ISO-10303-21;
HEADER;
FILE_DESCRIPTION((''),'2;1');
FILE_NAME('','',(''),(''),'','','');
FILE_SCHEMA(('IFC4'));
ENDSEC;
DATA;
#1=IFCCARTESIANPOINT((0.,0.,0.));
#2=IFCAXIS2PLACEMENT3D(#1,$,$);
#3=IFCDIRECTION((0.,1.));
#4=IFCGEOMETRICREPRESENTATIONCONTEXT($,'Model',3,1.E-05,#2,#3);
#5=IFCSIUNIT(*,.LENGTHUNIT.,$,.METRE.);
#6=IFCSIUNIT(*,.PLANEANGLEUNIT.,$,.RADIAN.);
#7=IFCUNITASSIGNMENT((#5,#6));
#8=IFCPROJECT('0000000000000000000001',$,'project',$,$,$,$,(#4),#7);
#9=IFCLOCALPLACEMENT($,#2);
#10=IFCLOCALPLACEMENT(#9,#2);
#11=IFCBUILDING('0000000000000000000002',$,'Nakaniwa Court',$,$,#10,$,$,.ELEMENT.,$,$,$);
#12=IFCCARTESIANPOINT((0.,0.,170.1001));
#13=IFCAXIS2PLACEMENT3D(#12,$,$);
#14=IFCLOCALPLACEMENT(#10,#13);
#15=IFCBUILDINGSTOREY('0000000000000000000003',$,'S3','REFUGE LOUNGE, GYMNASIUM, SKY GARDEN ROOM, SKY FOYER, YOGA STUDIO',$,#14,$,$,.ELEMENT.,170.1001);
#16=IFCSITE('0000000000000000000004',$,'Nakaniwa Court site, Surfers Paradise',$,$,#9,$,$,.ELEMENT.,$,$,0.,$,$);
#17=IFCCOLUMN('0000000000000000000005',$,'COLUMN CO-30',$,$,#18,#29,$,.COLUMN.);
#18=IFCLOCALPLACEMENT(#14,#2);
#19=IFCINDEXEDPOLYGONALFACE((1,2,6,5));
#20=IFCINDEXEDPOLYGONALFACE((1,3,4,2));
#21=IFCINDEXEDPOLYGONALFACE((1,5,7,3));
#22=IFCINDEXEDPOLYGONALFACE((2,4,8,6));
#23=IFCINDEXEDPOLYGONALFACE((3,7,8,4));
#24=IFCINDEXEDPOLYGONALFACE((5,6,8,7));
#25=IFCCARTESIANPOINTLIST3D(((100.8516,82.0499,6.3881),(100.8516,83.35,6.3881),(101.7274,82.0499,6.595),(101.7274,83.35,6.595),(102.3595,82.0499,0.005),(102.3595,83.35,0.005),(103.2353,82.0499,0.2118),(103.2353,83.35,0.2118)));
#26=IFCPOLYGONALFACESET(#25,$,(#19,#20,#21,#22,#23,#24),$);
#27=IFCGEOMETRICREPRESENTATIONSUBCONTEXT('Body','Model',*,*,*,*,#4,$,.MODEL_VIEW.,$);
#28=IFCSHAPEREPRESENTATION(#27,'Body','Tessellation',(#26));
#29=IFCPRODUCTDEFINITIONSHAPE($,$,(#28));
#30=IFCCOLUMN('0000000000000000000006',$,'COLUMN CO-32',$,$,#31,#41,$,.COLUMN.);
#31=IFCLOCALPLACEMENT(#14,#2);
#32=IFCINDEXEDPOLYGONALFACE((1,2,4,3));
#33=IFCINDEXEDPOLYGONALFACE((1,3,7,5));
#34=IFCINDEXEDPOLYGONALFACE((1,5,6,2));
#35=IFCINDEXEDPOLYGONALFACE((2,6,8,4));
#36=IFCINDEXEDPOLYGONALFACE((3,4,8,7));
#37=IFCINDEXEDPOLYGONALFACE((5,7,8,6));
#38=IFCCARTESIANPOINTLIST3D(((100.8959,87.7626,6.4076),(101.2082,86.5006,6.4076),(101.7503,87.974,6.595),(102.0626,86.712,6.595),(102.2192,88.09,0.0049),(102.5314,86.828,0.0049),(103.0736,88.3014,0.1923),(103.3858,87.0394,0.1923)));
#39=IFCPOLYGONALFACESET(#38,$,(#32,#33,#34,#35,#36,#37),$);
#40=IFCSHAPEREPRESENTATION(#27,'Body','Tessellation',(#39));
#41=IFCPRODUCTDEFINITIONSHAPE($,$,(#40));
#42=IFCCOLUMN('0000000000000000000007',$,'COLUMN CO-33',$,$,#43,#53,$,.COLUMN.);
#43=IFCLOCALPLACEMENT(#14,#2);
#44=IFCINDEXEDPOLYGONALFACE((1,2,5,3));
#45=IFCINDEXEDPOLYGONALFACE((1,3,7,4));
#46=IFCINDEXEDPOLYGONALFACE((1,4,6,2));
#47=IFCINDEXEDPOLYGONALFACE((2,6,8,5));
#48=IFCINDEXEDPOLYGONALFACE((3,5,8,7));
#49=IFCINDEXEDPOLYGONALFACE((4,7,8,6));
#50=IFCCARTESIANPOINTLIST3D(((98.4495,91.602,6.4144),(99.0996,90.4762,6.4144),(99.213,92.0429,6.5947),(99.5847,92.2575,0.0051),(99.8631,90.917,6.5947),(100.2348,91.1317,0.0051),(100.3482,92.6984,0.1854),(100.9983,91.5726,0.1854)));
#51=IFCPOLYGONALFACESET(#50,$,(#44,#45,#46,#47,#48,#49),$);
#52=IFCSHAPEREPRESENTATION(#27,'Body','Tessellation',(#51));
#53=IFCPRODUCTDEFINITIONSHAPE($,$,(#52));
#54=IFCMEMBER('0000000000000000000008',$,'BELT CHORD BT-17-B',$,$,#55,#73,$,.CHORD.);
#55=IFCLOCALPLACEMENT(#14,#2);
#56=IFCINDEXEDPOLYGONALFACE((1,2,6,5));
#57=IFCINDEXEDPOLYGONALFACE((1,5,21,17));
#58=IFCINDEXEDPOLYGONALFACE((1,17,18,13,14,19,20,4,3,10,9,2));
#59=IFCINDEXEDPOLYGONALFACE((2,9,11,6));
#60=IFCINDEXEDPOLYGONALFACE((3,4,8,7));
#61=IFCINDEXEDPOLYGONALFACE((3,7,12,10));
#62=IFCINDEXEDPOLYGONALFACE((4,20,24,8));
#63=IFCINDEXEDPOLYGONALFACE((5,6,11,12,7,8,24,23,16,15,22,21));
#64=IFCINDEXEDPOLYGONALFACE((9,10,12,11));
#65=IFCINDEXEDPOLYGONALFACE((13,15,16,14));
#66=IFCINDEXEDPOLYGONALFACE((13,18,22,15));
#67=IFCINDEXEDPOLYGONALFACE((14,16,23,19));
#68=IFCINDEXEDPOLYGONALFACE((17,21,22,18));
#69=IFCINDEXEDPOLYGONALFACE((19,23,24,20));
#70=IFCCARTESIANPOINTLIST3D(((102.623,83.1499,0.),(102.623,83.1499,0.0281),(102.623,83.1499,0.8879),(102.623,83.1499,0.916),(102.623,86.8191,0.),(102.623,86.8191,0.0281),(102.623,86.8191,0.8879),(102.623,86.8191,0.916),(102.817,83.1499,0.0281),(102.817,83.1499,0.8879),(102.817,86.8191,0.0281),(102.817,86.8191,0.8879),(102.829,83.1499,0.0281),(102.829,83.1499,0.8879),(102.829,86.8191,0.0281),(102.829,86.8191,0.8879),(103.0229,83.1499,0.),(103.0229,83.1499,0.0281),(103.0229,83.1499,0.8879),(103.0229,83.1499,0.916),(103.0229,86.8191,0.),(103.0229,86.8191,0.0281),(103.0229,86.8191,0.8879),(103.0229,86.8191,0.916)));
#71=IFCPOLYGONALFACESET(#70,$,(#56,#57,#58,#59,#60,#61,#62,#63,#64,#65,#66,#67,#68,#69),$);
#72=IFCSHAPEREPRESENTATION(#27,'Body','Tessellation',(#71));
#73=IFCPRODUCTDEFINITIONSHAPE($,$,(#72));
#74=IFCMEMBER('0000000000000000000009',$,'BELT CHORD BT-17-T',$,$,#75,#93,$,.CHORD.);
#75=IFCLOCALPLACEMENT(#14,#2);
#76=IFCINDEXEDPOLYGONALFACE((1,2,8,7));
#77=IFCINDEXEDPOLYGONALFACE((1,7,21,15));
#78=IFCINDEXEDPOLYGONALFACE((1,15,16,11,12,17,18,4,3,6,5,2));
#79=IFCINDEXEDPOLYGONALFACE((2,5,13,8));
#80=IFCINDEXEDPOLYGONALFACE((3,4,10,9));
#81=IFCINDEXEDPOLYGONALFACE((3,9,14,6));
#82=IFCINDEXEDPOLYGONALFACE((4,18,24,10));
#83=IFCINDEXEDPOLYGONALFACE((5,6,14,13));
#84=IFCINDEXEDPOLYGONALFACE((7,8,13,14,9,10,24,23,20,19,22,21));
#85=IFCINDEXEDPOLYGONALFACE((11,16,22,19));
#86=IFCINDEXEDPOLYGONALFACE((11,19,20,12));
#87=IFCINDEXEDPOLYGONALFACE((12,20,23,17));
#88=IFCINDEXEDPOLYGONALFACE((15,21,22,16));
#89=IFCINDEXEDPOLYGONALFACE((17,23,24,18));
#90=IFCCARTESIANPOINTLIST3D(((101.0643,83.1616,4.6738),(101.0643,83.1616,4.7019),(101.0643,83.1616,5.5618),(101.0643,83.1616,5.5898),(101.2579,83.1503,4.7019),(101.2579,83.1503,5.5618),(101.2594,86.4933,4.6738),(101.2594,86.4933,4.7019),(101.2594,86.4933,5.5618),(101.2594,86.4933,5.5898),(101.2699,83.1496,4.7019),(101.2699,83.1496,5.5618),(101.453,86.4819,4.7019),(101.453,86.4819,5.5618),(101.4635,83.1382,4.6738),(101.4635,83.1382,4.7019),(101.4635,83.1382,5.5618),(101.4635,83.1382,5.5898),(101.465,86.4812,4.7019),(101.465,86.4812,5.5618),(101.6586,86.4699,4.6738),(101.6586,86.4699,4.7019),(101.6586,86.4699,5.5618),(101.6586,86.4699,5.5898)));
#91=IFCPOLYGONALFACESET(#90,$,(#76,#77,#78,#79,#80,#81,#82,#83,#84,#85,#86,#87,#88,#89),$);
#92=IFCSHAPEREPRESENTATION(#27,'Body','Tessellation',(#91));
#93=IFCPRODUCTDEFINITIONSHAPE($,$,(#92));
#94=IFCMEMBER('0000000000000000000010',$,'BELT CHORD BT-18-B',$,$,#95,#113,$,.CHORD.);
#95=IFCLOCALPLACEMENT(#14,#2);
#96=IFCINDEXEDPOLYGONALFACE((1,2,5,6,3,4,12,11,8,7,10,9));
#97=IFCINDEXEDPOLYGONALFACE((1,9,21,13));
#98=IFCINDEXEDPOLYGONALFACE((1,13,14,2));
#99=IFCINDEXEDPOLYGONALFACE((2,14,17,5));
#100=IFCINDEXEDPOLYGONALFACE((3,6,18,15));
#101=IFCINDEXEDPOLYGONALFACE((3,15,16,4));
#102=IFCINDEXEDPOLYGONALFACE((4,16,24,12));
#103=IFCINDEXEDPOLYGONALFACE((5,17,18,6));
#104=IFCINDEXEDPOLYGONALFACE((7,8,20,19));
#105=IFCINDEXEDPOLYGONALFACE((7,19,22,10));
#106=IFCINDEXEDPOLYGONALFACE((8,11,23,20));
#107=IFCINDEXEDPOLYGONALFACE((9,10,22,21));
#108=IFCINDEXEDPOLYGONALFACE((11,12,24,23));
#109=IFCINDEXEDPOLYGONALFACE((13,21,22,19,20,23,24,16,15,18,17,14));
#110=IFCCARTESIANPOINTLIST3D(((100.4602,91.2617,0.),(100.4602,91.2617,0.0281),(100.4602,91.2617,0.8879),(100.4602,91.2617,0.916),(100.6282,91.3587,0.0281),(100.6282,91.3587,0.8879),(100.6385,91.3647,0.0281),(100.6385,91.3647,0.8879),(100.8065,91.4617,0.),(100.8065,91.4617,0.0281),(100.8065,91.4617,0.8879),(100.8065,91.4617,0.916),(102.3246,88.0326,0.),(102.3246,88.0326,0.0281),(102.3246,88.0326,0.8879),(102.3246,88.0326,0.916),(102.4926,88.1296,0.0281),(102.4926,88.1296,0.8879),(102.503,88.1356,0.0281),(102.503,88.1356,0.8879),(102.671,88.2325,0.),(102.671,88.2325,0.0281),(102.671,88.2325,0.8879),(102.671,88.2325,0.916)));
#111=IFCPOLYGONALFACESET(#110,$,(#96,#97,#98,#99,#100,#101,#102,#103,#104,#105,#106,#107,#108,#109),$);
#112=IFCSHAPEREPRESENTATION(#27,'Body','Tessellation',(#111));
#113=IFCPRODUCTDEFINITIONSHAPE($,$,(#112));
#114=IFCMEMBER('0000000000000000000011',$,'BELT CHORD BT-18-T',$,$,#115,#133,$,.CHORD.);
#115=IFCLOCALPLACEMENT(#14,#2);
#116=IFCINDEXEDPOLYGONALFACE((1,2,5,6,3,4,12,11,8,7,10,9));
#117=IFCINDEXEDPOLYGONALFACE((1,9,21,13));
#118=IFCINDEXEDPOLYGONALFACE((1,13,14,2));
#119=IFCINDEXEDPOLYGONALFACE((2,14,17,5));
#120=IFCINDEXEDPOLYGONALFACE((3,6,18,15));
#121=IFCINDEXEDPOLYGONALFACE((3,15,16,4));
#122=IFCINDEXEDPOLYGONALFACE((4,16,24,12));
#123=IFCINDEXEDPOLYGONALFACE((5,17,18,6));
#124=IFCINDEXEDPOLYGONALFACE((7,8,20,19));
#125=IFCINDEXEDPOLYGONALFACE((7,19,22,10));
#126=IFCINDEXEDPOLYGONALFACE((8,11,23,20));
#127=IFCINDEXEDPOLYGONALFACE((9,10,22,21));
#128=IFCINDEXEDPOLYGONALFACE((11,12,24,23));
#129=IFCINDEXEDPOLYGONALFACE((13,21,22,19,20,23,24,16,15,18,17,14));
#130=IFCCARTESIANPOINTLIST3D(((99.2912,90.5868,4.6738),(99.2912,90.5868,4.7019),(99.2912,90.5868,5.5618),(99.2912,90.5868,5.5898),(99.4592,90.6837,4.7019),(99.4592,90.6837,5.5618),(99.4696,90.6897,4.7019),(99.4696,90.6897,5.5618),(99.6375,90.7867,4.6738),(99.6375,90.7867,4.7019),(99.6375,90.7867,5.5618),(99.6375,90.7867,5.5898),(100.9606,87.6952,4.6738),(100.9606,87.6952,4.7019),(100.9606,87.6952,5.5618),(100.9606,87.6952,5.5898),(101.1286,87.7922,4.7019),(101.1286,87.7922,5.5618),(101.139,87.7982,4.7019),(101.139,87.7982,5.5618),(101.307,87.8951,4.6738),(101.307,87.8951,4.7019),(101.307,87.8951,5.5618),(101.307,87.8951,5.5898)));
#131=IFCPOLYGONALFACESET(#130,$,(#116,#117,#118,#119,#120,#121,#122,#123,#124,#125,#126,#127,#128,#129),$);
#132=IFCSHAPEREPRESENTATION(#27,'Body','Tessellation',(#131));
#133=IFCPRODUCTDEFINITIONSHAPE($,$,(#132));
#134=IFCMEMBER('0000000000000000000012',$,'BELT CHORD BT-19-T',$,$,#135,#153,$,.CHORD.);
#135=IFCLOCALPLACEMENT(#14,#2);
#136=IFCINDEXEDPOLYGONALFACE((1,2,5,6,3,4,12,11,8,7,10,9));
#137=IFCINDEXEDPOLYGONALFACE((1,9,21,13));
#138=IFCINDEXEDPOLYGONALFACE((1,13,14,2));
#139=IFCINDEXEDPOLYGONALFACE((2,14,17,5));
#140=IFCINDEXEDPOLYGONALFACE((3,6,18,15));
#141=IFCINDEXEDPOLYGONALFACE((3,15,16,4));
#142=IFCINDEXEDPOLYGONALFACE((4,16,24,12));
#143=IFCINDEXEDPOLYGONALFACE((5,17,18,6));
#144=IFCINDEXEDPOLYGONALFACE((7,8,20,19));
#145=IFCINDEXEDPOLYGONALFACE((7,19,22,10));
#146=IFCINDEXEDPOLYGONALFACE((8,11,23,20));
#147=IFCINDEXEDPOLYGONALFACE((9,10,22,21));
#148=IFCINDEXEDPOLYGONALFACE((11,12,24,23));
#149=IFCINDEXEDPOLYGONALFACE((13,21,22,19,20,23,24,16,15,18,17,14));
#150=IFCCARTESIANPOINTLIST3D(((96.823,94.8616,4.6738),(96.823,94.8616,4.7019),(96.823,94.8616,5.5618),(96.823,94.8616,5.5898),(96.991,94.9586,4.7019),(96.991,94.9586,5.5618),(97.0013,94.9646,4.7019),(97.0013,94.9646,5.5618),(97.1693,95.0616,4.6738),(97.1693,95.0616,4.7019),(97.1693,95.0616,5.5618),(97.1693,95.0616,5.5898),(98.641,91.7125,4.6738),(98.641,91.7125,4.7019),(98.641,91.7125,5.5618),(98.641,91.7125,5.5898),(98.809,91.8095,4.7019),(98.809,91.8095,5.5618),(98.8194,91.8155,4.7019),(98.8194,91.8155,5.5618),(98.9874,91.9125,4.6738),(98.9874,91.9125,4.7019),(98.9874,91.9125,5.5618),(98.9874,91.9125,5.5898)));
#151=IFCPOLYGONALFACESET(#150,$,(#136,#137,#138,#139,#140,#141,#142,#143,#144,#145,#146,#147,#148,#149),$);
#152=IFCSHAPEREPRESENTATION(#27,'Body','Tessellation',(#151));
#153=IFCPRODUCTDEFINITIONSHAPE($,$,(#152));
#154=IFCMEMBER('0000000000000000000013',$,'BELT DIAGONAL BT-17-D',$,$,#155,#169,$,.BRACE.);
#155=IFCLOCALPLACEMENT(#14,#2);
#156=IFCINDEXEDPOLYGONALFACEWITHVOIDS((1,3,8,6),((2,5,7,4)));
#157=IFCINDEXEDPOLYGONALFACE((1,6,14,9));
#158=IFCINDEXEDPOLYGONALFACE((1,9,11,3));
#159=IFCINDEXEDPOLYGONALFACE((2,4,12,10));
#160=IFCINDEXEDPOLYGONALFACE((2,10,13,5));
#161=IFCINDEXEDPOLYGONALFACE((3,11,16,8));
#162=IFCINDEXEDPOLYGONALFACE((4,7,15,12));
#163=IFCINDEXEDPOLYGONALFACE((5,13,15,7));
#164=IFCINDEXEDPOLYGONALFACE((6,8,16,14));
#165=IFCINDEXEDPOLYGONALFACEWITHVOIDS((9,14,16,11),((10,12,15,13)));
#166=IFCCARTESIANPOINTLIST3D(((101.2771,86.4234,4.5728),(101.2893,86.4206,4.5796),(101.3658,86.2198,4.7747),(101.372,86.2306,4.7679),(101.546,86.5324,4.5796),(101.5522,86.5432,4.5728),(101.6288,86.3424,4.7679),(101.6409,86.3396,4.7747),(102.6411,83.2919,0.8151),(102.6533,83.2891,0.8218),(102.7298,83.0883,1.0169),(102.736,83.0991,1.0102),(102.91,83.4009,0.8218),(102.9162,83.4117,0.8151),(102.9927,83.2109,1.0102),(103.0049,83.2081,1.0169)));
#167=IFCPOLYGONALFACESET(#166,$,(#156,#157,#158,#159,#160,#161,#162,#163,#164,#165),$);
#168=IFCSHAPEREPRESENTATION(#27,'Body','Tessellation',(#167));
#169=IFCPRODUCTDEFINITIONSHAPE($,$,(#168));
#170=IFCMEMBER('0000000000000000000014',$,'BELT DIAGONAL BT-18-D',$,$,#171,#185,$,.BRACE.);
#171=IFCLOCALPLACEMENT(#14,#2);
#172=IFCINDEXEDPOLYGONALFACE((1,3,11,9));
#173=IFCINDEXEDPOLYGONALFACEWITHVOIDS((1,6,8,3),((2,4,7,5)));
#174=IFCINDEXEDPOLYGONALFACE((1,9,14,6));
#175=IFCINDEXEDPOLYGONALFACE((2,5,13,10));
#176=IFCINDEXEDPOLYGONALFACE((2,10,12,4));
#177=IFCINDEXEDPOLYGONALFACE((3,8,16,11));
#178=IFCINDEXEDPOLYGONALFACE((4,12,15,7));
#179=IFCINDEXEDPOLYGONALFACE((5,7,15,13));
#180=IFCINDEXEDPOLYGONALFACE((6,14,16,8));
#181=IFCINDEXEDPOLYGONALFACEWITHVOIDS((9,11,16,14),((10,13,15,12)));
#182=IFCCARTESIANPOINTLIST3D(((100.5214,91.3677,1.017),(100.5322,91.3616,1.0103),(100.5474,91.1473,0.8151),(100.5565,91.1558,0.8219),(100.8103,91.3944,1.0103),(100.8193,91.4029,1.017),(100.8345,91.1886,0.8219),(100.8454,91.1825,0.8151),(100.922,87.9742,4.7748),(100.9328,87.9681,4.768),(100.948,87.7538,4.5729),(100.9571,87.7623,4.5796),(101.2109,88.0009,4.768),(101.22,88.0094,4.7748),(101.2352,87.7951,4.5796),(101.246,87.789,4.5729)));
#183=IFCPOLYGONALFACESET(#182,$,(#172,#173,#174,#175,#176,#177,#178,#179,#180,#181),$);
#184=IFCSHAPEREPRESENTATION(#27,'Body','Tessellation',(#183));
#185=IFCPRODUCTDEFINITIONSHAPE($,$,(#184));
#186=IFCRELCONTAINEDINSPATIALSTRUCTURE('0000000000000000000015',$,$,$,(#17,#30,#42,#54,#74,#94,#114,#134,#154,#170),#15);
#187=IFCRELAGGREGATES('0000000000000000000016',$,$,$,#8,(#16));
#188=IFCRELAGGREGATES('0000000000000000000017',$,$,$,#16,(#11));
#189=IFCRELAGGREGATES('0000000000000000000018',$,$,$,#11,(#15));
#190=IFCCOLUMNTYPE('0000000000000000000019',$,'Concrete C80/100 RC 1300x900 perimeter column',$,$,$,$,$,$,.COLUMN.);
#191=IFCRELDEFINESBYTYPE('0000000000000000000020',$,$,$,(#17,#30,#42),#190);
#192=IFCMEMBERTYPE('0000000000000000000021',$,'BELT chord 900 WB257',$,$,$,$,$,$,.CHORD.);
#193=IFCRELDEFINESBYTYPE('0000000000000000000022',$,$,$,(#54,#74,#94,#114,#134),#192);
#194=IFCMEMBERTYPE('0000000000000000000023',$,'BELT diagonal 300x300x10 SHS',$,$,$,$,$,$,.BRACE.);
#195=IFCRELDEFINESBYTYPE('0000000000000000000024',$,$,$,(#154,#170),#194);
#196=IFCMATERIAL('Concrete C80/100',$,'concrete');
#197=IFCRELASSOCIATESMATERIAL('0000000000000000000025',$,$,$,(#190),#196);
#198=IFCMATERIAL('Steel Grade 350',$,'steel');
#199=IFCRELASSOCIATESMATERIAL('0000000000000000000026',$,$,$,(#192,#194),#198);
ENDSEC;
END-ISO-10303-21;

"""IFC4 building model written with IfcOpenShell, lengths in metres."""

from ifc_helpers import new_model, si_unit, direction, frame, origin, origin_2d, place, context, subcontext, project, spatial, rectangle, hollow_rectangle, i_section, extrude, material, material_profile, profile_set, type_object, element, save


model = new_model("IFC4")

# Units and contexts
model_context = context("Model", 3, precision=1e-05, world=origin(), true_north=direction((0.0, 1.0)))
body_context = subcontext(model_context, "Body", "Model", "MODEL_VIEW")
ifc_project = project(units=[si_unit("LENGTHUNIT", "METRE"), si_unit("PLANEANGLEUNIT", "RADIAN")], contexts=[model_context])

# Site, building, storey
site_placement = place(None, origin())
site = spatial("IfcSite", under=ifc_project, at=site_placement, Name="Nakaniwa Court site, Surfers Paradise", CompositionType="ELEMENT", RefElevation=0.0)
building_placement = place(site_placement, origin())
building = spatial("IfcBuilding", under=site, at=building_placement, Name="Nakaniwa Court", CompositionType="ELEMENT")
storey_placement = place(building_placement, frame((0.0, 0.0, 170.1001)))
storey = spatial("IfcBuildingStorey", under=building, at=storey_placement, Name="S3", Description="REFUGE LOUNGE, GYMNASIUM, SKY GARDEN ROOM, SKY FOYER, YOGA STUDIO", CompositionType="ELEMENT", Elevation=170.1001)

# Columns
ifc_material_1 = material(Name="Concrete C80/100", Category="concrete")
ifc_material_profile_1 = material_profile(ifc_material_1, rectangle(XDim=1.3, YDim=0.8999, at=origin_2d()), Name="Concrete C80/100 RC 1300x900 perimeter column")
ifc_profile_set_1 = profile_set([ifc_material_profile_1], Name="Concrete C80/100")
column_type = type_object("IfcColumnType", Name="Concrete C80/100 RC 1300x900 perimeter column", PredefinedType="COLUMN", material=ifc_profile_set_1)
column_1_placement = place(storey_placement, frame((102.7974, 82.7, 0.1084), z_axis=(-0.229894, 0.0, 0.973216), x_axis=(0.0, -1.0, 0.0)))
element("IfcColumn", 1, at=column_1_placement, inside=storey, type_object=column_type, Name="COLUMN CO-30", PredefinedType="COLUMN", context=body_context, shape_type="SweptSolid", body=[
    extrude(rectangle(XDim=1.3, YDim=0.8999, at=origin_2d()), origin(), (0.0, 0.0, 1.0), 6.5588),
])
column_2_placement = place(storey_placement, frame((102.8025, 87.5647, 0.0986), z_axis=(-0.202142, -0.050013, 0.978078), x_axis=(0.240175, -0.97073, 0.0)))
element("IfcColumn", 2, at=column_2_placement, inside=storey, type_object=column_type, Name="COLUMN CO-32", PredefinedType="COLUMN", context=body_context, shape_type="SweptSolid", body=[
    extrude(rectangle(XDim=1.3, YDim=0.8999, at=origin_2d()), origin(), (0.0, 0.0, 1.0), 6.5461),
])
column_3_placement = place(storey_placement, frame((100.2915, 91.915, 0.0952), z_axis=(-0.17353, -0.1002, 0.979718), x_axis=(0.500045, -0.865999, 0.0)))
element("IfcColumn", 3, at=column_3_placement, inside=storey, type_object=column_type, Name="COLUMN CO-33", PredefinedType="COLUMN", context=body_context, shape_type="SweptSolid", body=[
    extrude(rectangle(XDim=1.3, YDim=0.8999, at=origin_2d()), origin(), (0.0, 0.0, 1.0), 6.542),
])

# Members
ifc_material_2 = material(Name="Steel Grade 350", Category="steel")
ifc_material_profile_2 = material_profile(ifc_material_2, i_section(OverallWidth=0.3999, OverallDepth=0.916, WebThickness=0.012, FlangeThickness=0.0281, at=origin_2d()), Name="900WB257")
ifc_profile_set_2 = profile_set([ifc_material_profile_2], Name="Steel Grade 350")
member_type_1 = type_object("IfcMemberType", Name="BELT chord 900 WB257", PredefinedType="CHORD", material=ifc_profile_set_2)
member_1_placement = place(storey_placement, frame((102.823, 83.1499, 0.458), z_axis=(0.0, 1.0, 0.0), x_axis=(-1.0, 0.0, 0.0)))
element("IfcMember", 4, at=member_1_placement, inside=storey, type_object=member_type_1, Name="BELT CHORD BT-17-B", PredefinedType="CHORD", context=body_context, shape_type="SweptSolid", body=[
    extrude(i_section(OverallWidth=0.3999, OverallDepth=0.916, WebThickness=0.012, FlangeThickness=0.0281, at=origin_2d()), origin(), (0.0, 0.0, 1.0), 3.6692),
])
member_2_placement = place(storey_placement, frame((101.2639, 83.1499, 5.1318), z_axis=(0.058448, 0.99829, 0.0), x_axis=(-0.99829, 0.058448, 0.0)))
element("IfcMember", 5, at=member_2_placement, inside=storey, type_object=member_type_1, Name="BELT CHORD BT-17-T", PredefinedType="CHORD", context=body_context, shape_type="SweptSolid", body=[
    extrude(i_section(OverallWidth=0.3999, OverallDepth=0.916, WebThickness=0.012, FlangeThickness=0.0281, at=origin_2d()), origin(), (0.0, 0.0, 1.0), 3.3374),
])
member_3_placement = place(storey_placement, frame((102.4978, 88.1326, 0.458), z_axis=(-0.500019, 0.866014, 0.0), x_axis=(-0.866014, -0.500019, 0.0)))
element("IfcMember", 6, at=member_3_placement, inside=storey, type_object=member_type_1, Name="BELT CHORD BT-18-B", PredefinedType="CHORD", context=body_context, shape_type="SweptSolid", body=[
    extrude(i_section(OverallWidth=0.3999, OverallDepth=0.916, WebThickness=0.012, FlangeThickness=0.0281, at=origin_2d()), origin(), (0.0, 0.0, 1.0), 3.7288),
])
member_4_placement = place(storey_placement, frame((101.1338, 87.7952, 5.1318), z_axis=(-0.499993, 0.86603, 0.0), x_axis=(-0.86603, -0.499993, 0.0)))
element("IfcMember", 7, at=member_4_placement, inside=storey, type_object=member_type_1, Name="BELT CHORD BT-18-T", PredefinedType="CHORD", context=body_context, shape_type="SweptSolid", body=[
    extrude(i_section(OverallWidth=0.3999, OverallDepth=0.916, WebThickness=0.012, FlangeThickness=0.0281, at=origin_2d()), origin(), (0.0, 0.0, 1.0), 3.3389),
])
member_5_placement = place(storey_placement, frame((98.8142, 91.8125, 5.1318), z_axis=(-0.499988, 0.866032, 0.0), x_axis=(-0.866032, -0.499988, 0.0)))
element("IfcMember", 8, at=member_5_placement, inside=storey, type_object=member_type_1, Name="BELT CHORD BT-19-T", PredefinedType="CHORD", context=body_context, shape_type="SweptSolid", body=[
    extrude(i_section(OverallWidth=0.3999, OverallDepth=0.916, WebThickness=0.012, FlangeThickness=0.0281, at=origin_2d()), origin(), (0.0, 0.0, 1.0), 3.6362),
])
ifc_material_profile_3 = material_profile(ifc_material_2, hollow_rectangle(XDim=0.3, YDim=0.3, WallThickness=0.01, at=origin_2d()), Name="BELT diagonal 300x300x10 SHS")
ifc_profile_set_3 = profile_set([ifc_material_profile_3], Name="Steel Grade 350")
member_type_2 = type_object("IfcMemberType", Name="BELT diagonal 300x300x10 SHS", PredefinedType="BRACE", material=ifc_profile_set_3)
member_6_placement = place(storey_placement, frame((102.823, 83.25, 0.916), z_axis=(-0.2686, 0.616668, 0.739983), x_axis=(-0.916807, -0.39933, 0.0)))
element("IfcMember", 9, at=member_6_placement, inside=storey, type_object=member_type_2, Name="BELT DIAGONAL BT-17-D", PredefinedType="BRACE", context=body_context, shape_type="SweptSolid", body=[
    extrude(hollow_rectangle(XDim=0.3, YDim=0.3, WallThickness=0.01, at=origin_2d()), origin(), (0.0, 0.0, 1.0), 5.0781),
])
member_7_placement = place(storey_placement, frame((101.084, 87.8816, 4.6738), z_axis=(-0.078878, 0.668133, -0.739849), x_axis=(-0.993103, -0.117243, 0.0)))
element("IfcMember", 10, at=member_7_placement, inside=storey, type_object=member_type_2, Name="BELT DIAGONAL BT-18-D", PredefinedType="BRACE", context=body_context, shape_type="SweptSolid", body=[
    extrude(hollow_rectangle(XDim=0.3, YDim=0.3, WallThickness=0.01, at=origin_2d()), origin(), (0.0, 0.0, 1.0), 5.0791),
])

save(model, "model.ifc")
